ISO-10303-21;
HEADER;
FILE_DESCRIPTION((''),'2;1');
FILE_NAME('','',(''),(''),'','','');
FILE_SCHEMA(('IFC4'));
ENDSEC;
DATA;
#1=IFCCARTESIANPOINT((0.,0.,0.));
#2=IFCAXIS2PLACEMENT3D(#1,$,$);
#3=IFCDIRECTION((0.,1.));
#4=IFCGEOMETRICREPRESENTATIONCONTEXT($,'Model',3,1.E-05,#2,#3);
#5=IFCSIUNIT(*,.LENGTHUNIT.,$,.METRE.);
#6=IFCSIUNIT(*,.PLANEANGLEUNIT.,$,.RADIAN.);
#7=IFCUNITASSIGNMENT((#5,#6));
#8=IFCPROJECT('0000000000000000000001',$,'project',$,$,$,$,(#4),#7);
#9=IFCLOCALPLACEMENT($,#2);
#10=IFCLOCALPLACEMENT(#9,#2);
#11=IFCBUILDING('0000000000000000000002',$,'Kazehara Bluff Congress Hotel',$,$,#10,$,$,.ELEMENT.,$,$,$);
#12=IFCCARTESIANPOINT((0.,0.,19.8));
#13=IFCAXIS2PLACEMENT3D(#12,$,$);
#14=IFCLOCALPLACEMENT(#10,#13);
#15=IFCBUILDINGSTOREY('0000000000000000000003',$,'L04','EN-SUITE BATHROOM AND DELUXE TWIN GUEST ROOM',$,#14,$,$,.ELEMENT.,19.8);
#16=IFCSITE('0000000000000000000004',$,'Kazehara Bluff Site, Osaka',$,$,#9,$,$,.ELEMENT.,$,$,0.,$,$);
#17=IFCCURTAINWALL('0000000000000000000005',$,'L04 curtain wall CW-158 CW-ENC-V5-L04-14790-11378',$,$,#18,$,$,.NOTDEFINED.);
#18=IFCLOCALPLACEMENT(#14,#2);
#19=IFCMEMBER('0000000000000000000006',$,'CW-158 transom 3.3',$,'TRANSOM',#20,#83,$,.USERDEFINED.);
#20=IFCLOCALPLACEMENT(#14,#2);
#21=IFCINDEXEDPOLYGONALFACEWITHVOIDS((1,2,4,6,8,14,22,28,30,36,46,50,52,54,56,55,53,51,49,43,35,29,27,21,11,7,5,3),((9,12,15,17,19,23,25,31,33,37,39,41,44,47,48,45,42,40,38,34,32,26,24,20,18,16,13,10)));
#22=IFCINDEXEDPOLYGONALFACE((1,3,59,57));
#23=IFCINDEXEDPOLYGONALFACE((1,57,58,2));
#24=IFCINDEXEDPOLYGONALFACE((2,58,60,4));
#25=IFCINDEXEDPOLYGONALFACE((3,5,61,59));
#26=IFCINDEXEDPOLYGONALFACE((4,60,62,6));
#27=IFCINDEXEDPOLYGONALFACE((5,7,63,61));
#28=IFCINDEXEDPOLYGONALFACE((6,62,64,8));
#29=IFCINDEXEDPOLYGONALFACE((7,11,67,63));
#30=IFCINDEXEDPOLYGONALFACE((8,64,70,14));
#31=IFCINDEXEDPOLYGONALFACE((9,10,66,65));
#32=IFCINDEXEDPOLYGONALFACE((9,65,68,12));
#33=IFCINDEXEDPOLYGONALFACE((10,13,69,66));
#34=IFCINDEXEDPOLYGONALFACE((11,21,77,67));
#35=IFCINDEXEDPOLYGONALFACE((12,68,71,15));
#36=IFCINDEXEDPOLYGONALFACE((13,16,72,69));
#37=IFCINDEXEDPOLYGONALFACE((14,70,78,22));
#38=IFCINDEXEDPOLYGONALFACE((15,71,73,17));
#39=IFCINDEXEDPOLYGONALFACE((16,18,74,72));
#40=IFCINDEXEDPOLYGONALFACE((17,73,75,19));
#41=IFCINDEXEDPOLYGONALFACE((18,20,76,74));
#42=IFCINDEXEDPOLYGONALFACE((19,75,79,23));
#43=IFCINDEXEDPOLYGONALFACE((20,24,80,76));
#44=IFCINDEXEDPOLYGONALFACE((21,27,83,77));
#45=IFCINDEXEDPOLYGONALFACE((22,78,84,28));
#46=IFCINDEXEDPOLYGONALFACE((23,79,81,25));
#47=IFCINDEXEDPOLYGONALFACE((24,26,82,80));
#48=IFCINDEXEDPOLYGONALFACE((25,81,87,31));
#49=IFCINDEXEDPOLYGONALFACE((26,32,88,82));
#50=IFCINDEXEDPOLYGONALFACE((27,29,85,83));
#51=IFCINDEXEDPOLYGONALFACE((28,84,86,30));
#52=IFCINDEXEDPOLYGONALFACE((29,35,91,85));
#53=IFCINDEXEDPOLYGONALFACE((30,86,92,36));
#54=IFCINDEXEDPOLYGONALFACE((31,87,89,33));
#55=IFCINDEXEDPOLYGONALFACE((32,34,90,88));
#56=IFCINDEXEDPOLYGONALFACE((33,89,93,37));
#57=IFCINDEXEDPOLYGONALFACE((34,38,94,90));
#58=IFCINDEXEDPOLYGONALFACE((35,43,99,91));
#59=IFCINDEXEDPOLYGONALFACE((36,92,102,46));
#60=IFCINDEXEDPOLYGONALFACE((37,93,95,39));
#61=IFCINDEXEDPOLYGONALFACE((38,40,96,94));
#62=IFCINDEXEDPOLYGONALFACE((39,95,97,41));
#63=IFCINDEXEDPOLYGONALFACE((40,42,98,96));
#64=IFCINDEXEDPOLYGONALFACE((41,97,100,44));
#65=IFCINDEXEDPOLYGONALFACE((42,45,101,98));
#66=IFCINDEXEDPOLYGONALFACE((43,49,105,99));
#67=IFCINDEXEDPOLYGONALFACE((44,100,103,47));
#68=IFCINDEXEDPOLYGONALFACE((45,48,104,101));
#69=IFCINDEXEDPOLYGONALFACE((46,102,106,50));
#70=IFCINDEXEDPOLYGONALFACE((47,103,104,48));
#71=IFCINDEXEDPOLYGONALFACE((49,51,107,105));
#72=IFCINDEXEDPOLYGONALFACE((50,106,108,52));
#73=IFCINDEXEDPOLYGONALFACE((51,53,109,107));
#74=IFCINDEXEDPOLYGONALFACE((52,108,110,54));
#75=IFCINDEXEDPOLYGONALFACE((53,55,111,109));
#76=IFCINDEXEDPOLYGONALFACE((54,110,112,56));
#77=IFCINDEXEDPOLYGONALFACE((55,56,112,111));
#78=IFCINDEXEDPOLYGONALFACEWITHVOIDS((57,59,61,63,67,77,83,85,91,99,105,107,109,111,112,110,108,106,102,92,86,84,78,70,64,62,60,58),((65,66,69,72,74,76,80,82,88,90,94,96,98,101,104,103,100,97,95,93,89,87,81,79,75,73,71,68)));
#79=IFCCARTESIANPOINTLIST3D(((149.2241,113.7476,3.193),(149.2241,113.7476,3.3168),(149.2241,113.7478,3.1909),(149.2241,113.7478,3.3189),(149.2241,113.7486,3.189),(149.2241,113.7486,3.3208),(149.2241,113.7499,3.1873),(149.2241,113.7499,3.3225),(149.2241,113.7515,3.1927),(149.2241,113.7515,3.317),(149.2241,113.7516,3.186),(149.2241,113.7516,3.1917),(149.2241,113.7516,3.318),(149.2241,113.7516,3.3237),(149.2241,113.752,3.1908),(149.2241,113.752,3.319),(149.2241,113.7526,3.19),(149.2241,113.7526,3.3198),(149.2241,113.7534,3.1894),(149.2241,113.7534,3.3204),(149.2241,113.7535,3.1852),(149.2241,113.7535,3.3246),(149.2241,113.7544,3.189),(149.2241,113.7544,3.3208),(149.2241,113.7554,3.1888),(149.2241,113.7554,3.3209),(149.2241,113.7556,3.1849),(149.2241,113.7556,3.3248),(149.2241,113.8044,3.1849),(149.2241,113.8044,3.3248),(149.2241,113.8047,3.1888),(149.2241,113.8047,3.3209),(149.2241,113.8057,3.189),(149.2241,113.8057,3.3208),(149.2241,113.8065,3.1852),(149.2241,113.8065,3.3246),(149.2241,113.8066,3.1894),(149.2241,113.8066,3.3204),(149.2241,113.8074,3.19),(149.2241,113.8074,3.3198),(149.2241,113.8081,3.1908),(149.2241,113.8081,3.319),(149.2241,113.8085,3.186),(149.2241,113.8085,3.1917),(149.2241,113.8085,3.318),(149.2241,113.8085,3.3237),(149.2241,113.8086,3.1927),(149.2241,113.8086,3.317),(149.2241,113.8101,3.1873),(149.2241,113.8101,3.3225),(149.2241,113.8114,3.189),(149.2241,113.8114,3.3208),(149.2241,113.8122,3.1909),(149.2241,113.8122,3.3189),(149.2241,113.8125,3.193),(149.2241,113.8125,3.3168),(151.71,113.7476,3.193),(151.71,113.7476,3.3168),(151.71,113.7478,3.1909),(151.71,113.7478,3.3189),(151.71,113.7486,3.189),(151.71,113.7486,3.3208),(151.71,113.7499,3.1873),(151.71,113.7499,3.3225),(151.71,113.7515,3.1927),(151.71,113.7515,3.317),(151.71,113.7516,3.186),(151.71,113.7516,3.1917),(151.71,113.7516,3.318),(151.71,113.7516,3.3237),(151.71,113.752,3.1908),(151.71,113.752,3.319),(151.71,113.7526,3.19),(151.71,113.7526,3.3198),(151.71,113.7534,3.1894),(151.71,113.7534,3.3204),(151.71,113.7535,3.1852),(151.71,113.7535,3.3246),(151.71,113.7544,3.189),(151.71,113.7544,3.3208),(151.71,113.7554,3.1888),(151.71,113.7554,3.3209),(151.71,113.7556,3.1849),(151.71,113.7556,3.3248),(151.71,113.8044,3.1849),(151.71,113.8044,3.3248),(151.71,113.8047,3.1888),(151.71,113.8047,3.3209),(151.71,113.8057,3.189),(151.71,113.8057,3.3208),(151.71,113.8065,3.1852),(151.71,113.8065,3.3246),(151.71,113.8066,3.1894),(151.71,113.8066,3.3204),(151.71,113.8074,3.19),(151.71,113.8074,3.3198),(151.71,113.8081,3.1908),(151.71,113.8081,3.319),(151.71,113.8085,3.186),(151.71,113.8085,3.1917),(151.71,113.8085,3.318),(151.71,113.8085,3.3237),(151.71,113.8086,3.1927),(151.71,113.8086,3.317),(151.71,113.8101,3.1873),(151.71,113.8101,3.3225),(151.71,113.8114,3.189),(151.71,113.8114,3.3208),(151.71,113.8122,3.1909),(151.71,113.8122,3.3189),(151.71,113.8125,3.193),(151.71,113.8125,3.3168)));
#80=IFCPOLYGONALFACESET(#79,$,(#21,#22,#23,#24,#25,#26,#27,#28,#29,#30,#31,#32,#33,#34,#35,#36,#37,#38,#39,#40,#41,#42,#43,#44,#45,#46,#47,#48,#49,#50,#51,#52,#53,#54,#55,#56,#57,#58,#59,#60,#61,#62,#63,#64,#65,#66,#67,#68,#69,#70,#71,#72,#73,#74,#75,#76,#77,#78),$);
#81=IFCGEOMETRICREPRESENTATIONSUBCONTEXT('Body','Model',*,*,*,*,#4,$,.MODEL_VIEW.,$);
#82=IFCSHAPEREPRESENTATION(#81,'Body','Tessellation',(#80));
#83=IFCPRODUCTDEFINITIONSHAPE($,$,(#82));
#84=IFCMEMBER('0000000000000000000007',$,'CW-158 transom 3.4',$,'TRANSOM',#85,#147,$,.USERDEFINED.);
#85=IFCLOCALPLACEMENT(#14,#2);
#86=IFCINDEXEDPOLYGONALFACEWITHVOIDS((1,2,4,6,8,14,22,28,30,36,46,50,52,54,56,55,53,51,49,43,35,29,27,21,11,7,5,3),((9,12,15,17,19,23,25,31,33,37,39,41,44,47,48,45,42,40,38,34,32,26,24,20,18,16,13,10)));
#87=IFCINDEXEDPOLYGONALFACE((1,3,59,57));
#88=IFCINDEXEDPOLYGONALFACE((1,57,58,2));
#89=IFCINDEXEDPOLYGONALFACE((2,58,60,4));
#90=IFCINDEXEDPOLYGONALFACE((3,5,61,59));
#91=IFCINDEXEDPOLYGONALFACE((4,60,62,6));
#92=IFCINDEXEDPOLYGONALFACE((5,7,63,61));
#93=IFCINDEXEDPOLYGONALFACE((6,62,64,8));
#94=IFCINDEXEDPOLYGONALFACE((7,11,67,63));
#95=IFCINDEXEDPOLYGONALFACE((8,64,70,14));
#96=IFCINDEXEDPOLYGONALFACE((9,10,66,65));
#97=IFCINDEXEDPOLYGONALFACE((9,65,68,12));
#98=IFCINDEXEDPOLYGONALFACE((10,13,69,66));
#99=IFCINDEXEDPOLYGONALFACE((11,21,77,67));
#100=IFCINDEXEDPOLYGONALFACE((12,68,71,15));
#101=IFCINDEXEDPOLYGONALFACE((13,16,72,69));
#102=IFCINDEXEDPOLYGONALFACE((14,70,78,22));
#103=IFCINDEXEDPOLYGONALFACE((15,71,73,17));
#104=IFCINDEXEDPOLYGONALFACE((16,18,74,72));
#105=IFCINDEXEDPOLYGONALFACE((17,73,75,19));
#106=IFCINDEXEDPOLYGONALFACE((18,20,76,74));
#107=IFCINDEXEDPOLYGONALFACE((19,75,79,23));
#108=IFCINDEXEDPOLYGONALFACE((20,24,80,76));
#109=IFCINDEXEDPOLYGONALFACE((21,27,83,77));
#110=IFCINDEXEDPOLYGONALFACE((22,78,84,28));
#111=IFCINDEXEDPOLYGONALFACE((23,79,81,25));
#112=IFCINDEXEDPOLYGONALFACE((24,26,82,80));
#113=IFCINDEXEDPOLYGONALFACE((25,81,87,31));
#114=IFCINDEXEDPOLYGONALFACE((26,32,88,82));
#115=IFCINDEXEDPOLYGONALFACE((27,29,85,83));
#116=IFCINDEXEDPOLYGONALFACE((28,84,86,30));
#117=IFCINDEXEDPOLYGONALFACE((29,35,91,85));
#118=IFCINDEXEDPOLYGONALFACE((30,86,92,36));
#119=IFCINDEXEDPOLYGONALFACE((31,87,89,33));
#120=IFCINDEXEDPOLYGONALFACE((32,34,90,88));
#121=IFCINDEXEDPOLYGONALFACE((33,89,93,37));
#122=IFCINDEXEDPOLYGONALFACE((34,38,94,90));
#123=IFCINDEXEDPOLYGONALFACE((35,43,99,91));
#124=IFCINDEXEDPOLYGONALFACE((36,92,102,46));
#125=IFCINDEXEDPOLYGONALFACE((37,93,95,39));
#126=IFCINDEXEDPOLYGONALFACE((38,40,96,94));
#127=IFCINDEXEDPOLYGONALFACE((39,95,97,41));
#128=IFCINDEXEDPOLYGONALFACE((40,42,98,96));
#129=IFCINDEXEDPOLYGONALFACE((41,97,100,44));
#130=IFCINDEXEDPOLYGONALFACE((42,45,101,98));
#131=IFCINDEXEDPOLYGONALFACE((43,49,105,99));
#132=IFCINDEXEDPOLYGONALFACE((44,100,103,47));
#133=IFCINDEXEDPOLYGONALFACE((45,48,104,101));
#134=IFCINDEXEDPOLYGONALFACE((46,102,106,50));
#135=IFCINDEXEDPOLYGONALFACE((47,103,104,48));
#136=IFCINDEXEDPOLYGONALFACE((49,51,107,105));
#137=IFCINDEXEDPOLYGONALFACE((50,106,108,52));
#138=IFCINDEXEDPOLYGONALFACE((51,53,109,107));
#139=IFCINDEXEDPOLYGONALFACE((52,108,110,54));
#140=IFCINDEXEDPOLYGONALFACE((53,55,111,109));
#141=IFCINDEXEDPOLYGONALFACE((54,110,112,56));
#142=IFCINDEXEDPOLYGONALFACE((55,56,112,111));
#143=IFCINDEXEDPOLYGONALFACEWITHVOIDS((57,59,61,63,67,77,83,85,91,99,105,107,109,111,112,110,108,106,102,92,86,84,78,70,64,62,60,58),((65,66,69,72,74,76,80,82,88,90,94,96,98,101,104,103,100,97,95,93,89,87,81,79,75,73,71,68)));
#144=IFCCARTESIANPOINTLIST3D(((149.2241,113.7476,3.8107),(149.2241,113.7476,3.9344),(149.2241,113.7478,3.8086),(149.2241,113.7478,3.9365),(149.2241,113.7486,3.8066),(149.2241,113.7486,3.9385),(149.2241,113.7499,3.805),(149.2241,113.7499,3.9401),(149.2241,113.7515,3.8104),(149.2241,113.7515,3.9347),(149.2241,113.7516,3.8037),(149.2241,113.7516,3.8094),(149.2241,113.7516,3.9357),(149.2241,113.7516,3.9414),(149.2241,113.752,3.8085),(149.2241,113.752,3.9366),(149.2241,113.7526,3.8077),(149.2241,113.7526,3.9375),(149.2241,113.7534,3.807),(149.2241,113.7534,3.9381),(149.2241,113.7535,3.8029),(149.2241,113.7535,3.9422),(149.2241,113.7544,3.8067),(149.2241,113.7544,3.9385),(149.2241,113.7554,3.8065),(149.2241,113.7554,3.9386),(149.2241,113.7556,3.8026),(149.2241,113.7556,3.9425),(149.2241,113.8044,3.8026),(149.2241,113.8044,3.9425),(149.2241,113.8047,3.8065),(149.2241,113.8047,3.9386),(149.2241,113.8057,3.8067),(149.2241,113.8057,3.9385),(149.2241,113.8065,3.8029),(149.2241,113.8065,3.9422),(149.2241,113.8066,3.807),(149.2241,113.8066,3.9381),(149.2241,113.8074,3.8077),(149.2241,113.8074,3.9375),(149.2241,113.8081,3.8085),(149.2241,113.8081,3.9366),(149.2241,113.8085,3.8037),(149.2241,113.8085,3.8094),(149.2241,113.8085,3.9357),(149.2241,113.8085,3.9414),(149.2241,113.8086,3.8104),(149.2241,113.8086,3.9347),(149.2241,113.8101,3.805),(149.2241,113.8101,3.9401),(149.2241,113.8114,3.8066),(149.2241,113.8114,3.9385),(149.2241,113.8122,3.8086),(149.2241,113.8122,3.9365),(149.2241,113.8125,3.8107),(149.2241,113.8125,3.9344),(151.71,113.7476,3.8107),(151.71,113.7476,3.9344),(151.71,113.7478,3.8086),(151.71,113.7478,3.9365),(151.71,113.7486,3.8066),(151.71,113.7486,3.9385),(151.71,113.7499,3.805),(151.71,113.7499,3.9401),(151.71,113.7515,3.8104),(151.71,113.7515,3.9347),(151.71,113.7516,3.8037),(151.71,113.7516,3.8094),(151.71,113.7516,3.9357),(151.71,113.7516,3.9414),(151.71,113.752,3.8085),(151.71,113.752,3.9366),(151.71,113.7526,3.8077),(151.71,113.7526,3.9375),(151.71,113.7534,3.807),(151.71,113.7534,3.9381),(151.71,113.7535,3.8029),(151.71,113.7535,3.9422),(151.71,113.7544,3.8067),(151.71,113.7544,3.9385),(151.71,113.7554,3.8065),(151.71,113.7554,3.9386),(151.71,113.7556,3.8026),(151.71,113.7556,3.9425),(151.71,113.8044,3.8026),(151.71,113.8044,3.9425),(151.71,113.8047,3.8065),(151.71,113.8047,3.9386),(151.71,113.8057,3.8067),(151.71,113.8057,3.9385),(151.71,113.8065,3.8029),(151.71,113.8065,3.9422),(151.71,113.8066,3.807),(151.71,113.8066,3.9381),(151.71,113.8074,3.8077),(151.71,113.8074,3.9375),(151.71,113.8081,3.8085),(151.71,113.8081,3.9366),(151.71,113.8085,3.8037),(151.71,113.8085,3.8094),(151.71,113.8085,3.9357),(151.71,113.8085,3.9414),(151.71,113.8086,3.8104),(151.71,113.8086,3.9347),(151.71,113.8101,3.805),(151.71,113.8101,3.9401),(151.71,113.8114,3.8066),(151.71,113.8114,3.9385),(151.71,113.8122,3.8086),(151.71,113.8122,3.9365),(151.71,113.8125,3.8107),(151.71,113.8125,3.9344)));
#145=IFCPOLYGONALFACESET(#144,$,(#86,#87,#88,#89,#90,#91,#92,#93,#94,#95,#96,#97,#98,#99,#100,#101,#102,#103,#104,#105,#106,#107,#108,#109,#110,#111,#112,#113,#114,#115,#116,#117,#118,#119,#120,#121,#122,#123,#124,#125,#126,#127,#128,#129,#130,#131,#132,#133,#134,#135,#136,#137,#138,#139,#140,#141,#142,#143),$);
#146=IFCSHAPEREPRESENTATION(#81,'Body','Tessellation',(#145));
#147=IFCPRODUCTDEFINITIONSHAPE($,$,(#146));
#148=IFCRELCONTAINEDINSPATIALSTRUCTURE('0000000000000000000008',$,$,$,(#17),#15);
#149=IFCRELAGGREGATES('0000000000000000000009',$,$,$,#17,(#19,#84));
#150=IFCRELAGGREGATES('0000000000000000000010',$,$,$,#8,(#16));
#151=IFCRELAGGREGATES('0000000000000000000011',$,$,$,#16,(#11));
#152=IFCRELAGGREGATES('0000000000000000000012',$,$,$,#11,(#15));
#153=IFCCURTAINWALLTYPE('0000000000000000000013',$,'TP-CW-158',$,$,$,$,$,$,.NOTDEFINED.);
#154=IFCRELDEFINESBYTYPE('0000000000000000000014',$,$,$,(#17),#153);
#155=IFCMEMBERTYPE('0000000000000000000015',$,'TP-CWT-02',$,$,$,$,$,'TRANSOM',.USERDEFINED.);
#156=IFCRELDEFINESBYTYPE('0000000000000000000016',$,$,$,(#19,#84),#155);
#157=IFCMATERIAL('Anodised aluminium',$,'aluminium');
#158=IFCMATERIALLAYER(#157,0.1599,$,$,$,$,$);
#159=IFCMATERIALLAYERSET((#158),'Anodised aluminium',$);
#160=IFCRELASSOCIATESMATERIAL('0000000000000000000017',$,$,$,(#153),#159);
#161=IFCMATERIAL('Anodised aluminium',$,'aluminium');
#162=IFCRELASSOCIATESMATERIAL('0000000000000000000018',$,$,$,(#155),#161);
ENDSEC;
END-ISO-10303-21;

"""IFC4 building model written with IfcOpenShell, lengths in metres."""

from ifc_helpers import new_model, si_unit, direction, frame, origin, origin_2d, place, context, subcontext, project, spatial, hollow_rectangle, extrude, material, layer, layer_set, material_profile, profile_set, type_object, element, aggregate, save


model = new_model("IFC4")

# Units and contexts
model_context = context("Model", 3, precision=1e-05, world=origin(), true_north=direction((0.0, 1.0)))
body_context = subcontext(model_context, "Body", "Model", "MODEL_VIEW")
ifc_project = project(units=[si_unit("LENGTHUNIT", "METRE"), si_unit("PLANEANGLEUNIT", "RADIAN")], contexts=[model_context])

# Site, building, storey
site_placement = place(None, origin())
site = spatial("IfcSite", under=ifc_project, at=site_placement, Name="Kazehara Bluff Site, Osaka", CompositionType="ELEMENT", RefElevation=0.0)
building_placement = place(site_placement, origin())
building = spatial("IfcBuilding", under=site, at=building_placement, Name="Kazehara Bluff Congress Hotel", CompositionType="ELEMENT")
storey_placement = place(building_placement, frame((0.0, 0.0, 19.8)))
storey = spatial("IfcBuildingStorey", under=building, at=storey_placement, Name="L04", Description="EN-SUITE BATHROOM AND DELUXE TWIN GUEST ROOM", CompositionType="ELEMENT", Elevation=19.8)

# Curtain wall
ifc_material_1 = material(Name="Anodised aluminium", Category="aluminium")
ifc_layer_1 = layer(ifc_material_1, 0.1599)
ifc_layer_set_1 = layer_set([ifc_layer_1], Name="Anodised aluminium")
curtain_wall_type = type_object("IfcCurtainWallType", Name="TP-CW-158", PredefinedType="NOTDEFINED", material=ifc_layer_set_1)
curtain_wall_1_placement = place(storey_placement, origin())
curtain_wall_1 = element("IfcCurtainWall", 1, at=curtain_wall_1_placement, inside=storey, type_object=curtain_wall_type, Name="L04 curtain wall CW-158 CW-ENC-V5-L04-14790-11378", PredefinedType="NOTDEFINED")

# Members
ifc_material_2 = material(Name="Anodised aluminium", Category="aluminium")
ifc_material_profile_1 = material_profile(ifc_material_2, hollow_rectangle(XDim=0.0649, YDim=0.1399, WallThickness=0.0039, InnerFilletRadius=0.0039, OuterFilletRadius=0.0081, at=origin_2d()))
ifc_profile_set_1 = profile_set([ifc_material_profile_1], Name="Anodised aluminium")
member_type_1 = type_object("IfcMemberType", Name="TP-CWT-02", ElementType="TRANSOM", PredefinedType="USERDEFINED", material=ifc_profile_set_1)
member_1_placement = place(storey_placement, frame((149.2241, 113.78, 3.2549), z_axis=(1.0, 0.0, 0.0), x_axis=(0.0, 1.0, 0.0)))
member_1 = element("IfcMember", 2, at=member_1_placement, type_object=member_type_1, Name="CW-158 transom 3.3", ObjectType="TRANSOM", PredefinedType="USERDEFINED", context=body_context, shape_type="SweptSolid", body=[
    extrude(hollow_rectangle(XDim=0.0649, YDim=0.1399, WallThickness=0.0039, InnerFilletRadius=0.0039, OuterFilletRadius=0.0081, at=origin_2d()), origin(), (0.0, 0.0, 1.0), 2.4858),
])
member_2_placement = place(storey_placement, frame((149.2241, 113.78, 3.8726), z_axis=(1.0, 0.0, 0.0), x_axis=(0.0, 1.0, 0.0)))
member_2 = element("IfcMember", 3, at=member_2_placement, type_object=member_type_1, Name="CW-158 transom 3.4", ObjectType="TRANSOM", PredefinedType="USERDEFINED", context=body_context, shape_type="SweptSolid", body=[
    extrude(hollow_rectangle(XDim=0.0649, YDim=0.1399, WallThickness=0.0039, InnerFilletRadius=0.0039, OuterFilletRadius=0.0081, at=origin_2d()), origin(), (0.0, 0.0, 1.0), 2.4858),
])

aggregate(curtain_wall_1, [member_1, member_2])

save(model, "model.ifc")
